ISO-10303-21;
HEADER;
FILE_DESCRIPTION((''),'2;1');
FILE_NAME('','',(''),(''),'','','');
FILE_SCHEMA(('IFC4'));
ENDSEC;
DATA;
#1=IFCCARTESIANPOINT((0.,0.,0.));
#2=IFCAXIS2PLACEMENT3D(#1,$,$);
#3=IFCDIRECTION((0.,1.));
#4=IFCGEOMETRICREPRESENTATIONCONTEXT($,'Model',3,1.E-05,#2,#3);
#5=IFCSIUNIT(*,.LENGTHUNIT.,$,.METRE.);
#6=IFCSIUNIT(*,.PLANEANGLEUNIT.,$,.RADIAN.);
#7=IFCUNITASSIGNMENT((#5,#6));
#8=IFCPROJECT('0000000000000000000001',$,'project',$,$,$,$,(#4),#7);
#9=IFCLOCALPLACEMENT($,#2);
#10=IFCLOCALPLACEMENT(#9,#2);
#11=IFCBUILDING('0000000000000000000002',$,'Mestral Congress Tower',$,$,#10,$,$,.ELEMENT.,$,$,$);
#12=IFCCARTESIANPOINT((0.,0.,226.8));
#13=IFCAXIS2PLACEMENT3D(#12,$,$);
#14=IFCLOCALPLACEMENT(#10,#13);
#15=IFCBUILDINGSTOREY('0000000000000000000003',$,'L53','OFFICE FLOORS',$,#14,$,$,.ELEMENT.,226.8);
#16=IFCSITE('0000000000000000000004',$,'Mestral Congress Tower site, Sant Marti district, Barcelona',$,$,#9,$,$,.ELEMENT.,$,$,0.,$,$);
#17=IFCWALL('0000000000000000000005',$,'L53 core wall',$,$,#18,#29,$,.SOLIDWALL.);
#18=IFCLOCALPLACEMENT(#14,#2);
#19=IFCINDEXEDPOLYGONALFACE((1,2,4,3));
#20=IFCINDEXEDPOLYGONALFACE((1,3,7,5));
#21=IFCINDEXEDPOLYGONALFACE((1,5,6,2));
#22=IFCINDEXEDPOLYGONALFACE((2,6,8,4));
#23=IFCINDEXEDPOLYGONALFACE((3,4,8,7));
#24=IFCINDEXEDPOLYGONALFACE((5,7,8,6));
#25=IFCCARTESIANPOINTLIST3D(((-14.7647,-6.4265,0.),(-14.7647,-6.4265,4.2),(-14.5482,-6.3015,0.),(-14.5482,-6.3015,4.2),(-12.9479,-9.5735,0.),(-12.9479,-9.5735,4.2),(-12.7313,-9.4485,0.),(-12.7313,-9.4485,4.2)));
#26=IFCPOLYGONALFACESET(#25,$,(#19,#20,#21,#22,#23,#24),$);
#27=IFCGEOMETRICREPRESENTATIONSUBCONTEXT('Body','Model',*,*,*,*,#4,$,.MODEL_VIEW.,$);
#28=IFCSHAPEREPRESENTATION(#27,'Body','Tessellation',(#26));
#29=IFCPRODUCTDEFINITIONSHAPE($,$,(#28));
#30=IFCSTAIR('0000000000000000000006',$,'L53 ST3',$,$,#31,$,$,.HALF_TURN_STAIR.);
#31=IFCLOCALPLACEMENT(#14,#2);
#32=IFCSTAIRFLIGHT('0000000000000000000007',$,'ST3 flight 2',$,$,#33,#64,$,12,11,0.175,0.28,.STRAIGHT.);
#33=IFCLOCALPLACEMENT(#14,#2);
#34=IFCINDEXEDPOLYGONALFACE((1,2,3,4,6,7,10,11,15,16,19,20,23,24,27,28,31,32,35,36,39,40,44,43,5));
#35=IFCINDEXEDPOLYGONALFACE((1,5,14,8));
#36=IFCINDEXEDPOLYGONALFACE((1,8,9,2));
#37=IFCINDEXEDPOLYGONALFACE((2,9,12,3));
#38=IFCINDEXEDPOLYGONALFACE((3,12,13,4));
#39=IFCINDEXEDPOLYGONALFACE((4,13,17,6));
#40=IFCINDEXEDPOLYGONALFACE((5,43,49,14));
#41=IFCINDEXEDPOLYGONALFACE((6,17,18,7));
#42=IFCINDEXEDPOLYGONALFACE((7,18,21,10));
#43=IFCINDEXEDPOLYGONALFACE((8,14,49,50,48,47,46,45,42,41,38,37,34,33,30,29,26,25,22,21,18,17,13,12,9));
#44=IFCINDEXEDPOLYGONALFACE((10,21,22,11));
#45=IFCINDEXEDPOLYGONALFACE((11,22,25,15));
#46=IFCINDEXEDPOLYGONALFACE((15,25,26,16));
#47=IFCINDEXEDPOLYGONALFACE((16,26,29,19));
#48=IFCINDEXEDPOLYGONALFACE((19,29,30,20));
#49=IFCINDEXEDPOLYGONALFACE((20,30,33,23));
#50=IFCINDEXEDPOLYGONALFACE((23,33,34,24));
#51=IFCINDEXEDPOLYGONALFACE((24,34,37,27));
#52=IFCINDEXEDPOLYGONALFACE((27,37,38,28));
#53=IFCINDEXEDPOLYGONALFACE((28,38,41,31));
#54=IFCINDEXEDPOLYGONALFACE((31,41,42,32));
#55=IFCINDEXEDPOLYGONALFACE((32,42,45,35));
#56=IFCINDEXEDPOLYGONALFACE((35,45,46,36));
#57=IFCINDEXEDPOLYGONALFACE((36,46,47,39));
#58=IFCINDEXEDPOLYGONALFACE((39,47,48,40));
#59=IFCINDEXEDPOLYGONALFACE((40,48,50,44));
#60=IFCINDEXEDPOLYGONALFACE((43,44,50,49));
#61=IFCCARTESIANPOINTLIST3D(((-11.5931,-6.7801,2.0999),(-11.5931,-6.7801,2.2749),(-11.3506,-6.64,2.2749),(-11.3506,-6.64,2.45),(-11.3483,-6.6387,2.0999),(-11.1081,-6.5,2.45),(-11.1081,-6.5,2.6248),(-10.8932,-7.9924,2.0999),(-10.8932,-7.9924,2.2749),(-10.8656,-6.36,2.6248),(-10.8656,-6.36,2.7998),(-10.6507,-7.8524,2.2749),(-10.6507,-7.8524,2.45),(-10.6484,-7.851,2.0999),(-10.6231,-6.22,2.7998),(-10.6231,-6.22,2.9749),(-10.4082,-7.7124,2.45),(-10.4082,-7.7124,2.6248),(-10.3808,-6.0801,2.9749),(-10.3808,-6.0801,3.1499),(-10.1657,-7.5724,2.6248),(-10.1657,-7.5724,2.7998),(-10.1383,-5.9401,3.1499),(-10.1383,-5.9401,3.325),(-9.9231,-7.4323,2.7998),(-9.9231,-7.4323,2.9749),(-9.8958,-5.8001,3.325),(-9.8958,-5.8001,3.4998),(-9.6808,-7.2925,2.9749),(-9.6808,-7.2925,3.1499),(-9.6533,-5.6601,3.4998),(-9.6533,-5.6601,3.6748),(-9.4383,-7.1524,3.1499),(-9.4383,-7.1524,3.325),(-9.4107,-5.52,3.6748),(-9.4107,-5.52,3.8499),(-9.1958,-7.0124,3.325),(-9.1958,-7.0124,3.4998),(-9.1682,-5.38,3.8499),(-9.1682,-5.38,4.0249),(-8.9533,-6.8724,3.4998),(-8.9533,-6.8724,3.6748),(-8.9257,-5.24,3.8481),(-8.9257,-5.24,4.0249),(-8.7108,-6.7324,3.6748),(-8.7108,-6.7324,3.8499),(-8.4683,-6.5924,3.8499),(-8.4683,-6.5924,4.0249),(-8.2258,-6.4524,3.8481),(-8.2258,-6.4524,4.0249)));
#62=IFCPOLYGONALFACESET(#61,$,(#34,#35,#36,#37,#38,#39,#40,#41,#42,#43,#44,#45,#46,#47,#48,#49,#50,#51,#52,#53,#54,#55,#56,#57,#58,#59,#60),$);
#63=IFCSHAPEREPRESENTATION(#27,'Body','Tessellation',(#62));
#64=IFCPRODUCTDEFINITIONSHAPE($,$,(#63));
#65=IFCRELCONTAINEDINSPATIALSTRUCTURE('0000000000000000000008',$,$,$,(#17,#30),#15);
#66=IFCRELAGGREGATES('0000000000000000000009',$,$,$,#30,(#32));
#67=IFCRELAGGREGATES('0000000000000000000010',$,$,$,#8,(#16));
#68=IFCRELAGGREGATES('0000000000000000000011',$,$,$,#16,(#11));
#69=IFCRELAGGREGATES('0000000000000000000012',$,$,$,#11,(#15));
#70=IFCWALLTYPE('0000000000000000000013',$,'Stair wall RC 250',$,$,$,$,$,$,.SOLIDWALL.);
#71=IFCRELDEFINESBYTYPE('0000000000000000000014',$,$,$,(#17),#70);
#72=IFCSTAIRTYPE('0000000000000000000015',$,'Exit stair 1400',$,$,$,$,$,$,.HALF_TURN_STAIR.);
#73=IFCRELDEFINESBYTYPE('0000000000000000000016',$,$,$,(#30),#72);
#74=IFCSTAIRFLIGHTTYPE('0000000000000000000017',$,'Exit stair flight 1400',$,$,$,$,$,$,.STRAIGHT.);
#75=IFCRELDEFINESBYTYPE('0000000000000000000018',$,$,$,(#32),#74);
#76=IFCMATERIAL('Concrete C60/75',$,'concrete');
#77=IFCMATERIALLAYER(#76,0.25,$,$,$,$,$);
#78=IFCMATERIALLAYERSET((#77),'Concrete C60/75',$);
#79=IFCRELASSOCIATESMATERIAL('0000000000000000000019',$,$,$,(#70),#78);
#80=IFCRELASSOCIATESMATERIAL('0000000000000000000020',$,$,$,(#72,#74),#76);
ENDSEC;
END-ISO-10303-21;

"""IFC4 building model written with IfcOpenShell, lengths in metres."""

from ifc_helpers import new_model, si_unit, direction, frame, frame_2d, origin, place, context, subcontext, project, spatial, polyline, rectangle, outline, extrude, material, layer, layer_set, type_object, element, aggregate, save


model = new_model("IFC4")

# Units and contexts
model_context = context("Model", 3, precision=1e-05, world=origin(), true_north=direction((0.0, 1.0)))
body_context = subcontext(model_context, "Body", "Model", "MODEL_VIEW")
ifc_project = project(units=[si_unit("LENGTHUNIT", "METRE"), si_unit("PLANEANGLEUNIT", "RADIAN")], contexts=[model_context])

# Site, building, storey
site_placement = place(None, origin())
site = spatial("IfcSite", under=ifc_project, at=site_placement, Name="Mestral Congress Tower site, Sant Marti district, Barcelona", CompositionType="ELEMENT", RefElevation=0.0)
building_placement = place(site_placement, origin())
building = spatial("IfcBuilding", under=site, at=building_placement, Name="Mestral Congress Tower", CompositionType="ELEMENT")
storey_placement = place(building_placement, frame((0.0, 0.0, 226.8)))
storey = spatial("IfcBuildingStorey", under=building, at=storey_placement, Name="L53", Description="OFFICE FLOORS", CompositionType="ELEMENT", Elevation=226.8)

# Shared definitions
ifc_material_1 = material(Name="Concrete C60/75", Category="concrete")

# Wall
ifc_layer_1 = layer(ifc_material_1, 0.25)
ifc_layer_set_1 = layer_set([ifc_layer_1], Name="Concrete C60/75")
wall_type_1 = type_object("IfcWallType", Name="Stair wall RC 250", PredefinedType="SOLIDWALL", material=ifc_layer_set_1)
wall_1_placement = place(storey_placement, frame((-12.8396, -9.511, 0.0), z_axis=(0.0, 0.0, 1.0), x_axis=(-0.499998, 0.866027, 0.0)))
element("IfcWall", 1, at=wall_1_placement, inside=storey, type_object=wall_type_1, Name="L53 core wall", PredefinedType="SOLIDWALL", context=body_context, shape_type="SweptSolid", body=[
    extrude(rectangle(XDim=3.6338, YDim=0.25, at=frame_2d((1.8169, 0.0))), origin(), (0.0, 0.0, 1.0), 4.2),
])

# Stair, stair flight
stair_type = type_object("IfcStairType", Name="Exit stair 1400", PredefinedType="HALF_TURN_STAIR", material=ifc_material_1)
stair_placement = place(storey_placement, origin())
stair = element("IfcStair", 2, at=stair_placement, inside=storey, type_object=stair_type, Name="L53 ST3", PredefinedType="HALF_TURN_STAIR")
stair_flight_type = type_object("IfcStairFlightType", Name="Exit stair flight 1400", PredefinedType="STRAIGHT", material=ifc_material_1)
stair_flight_placement = place(storey_placement, frame((-11.2432, -7.3862, 2.0999), z_axis=(0.0, 0.0, 1.0), x_axis=(0.866025, 0.5, 0.0)))
stair_flight = element("IfcStairFlight", 3, at=stair_flight_placement, type_object=stair_flight_type, Name="ST3 flight 2", NumberOfRisers=12, NumberOfTreads=11, PredefinedType="STRAIGHT", RiserHeight=0.175, TreadLength=0.28, context=body_context, shape_type="SweptSolid", body=[
    extrude(outline(polyline([(0.0, 0.0), (0.0, 0.175), (0.28, 0.175), (0.28, 0.3501), (0.5601, 0.3501), (0.5601, 0.5249), (0.8401, 0.5249), (0.8401, 0.7), (1.1201, 0.7), (1.1201, 0.875), (1.3999, 0.875), (1.3999, 1.05), (1.6799, 1.05), (1.6799, 1.2251), (1.96, 1.2251), (1.96, 1.3999), (2.24, 1.3999), (2.24, 1.575), (2.52, 1.575), (2.52, 1.75), (2.8, 1.75), (2.8, 1.925), (3.0801, 1.925), (3.0801, 2.1001), (3.0801, 1.7483), (0.2827, 0.0), (0.0, 0.0)])), frame((0.0, 0.7, 0.0), z_axis=(0.0, -1.0, 0.0), x_axis=(1.0, 0.0, 0.0)), (0.0, 0.0, 1.0), 1.3999),
])
aggregate(stair, [stair_flight])

save(model, "model.ifc")
